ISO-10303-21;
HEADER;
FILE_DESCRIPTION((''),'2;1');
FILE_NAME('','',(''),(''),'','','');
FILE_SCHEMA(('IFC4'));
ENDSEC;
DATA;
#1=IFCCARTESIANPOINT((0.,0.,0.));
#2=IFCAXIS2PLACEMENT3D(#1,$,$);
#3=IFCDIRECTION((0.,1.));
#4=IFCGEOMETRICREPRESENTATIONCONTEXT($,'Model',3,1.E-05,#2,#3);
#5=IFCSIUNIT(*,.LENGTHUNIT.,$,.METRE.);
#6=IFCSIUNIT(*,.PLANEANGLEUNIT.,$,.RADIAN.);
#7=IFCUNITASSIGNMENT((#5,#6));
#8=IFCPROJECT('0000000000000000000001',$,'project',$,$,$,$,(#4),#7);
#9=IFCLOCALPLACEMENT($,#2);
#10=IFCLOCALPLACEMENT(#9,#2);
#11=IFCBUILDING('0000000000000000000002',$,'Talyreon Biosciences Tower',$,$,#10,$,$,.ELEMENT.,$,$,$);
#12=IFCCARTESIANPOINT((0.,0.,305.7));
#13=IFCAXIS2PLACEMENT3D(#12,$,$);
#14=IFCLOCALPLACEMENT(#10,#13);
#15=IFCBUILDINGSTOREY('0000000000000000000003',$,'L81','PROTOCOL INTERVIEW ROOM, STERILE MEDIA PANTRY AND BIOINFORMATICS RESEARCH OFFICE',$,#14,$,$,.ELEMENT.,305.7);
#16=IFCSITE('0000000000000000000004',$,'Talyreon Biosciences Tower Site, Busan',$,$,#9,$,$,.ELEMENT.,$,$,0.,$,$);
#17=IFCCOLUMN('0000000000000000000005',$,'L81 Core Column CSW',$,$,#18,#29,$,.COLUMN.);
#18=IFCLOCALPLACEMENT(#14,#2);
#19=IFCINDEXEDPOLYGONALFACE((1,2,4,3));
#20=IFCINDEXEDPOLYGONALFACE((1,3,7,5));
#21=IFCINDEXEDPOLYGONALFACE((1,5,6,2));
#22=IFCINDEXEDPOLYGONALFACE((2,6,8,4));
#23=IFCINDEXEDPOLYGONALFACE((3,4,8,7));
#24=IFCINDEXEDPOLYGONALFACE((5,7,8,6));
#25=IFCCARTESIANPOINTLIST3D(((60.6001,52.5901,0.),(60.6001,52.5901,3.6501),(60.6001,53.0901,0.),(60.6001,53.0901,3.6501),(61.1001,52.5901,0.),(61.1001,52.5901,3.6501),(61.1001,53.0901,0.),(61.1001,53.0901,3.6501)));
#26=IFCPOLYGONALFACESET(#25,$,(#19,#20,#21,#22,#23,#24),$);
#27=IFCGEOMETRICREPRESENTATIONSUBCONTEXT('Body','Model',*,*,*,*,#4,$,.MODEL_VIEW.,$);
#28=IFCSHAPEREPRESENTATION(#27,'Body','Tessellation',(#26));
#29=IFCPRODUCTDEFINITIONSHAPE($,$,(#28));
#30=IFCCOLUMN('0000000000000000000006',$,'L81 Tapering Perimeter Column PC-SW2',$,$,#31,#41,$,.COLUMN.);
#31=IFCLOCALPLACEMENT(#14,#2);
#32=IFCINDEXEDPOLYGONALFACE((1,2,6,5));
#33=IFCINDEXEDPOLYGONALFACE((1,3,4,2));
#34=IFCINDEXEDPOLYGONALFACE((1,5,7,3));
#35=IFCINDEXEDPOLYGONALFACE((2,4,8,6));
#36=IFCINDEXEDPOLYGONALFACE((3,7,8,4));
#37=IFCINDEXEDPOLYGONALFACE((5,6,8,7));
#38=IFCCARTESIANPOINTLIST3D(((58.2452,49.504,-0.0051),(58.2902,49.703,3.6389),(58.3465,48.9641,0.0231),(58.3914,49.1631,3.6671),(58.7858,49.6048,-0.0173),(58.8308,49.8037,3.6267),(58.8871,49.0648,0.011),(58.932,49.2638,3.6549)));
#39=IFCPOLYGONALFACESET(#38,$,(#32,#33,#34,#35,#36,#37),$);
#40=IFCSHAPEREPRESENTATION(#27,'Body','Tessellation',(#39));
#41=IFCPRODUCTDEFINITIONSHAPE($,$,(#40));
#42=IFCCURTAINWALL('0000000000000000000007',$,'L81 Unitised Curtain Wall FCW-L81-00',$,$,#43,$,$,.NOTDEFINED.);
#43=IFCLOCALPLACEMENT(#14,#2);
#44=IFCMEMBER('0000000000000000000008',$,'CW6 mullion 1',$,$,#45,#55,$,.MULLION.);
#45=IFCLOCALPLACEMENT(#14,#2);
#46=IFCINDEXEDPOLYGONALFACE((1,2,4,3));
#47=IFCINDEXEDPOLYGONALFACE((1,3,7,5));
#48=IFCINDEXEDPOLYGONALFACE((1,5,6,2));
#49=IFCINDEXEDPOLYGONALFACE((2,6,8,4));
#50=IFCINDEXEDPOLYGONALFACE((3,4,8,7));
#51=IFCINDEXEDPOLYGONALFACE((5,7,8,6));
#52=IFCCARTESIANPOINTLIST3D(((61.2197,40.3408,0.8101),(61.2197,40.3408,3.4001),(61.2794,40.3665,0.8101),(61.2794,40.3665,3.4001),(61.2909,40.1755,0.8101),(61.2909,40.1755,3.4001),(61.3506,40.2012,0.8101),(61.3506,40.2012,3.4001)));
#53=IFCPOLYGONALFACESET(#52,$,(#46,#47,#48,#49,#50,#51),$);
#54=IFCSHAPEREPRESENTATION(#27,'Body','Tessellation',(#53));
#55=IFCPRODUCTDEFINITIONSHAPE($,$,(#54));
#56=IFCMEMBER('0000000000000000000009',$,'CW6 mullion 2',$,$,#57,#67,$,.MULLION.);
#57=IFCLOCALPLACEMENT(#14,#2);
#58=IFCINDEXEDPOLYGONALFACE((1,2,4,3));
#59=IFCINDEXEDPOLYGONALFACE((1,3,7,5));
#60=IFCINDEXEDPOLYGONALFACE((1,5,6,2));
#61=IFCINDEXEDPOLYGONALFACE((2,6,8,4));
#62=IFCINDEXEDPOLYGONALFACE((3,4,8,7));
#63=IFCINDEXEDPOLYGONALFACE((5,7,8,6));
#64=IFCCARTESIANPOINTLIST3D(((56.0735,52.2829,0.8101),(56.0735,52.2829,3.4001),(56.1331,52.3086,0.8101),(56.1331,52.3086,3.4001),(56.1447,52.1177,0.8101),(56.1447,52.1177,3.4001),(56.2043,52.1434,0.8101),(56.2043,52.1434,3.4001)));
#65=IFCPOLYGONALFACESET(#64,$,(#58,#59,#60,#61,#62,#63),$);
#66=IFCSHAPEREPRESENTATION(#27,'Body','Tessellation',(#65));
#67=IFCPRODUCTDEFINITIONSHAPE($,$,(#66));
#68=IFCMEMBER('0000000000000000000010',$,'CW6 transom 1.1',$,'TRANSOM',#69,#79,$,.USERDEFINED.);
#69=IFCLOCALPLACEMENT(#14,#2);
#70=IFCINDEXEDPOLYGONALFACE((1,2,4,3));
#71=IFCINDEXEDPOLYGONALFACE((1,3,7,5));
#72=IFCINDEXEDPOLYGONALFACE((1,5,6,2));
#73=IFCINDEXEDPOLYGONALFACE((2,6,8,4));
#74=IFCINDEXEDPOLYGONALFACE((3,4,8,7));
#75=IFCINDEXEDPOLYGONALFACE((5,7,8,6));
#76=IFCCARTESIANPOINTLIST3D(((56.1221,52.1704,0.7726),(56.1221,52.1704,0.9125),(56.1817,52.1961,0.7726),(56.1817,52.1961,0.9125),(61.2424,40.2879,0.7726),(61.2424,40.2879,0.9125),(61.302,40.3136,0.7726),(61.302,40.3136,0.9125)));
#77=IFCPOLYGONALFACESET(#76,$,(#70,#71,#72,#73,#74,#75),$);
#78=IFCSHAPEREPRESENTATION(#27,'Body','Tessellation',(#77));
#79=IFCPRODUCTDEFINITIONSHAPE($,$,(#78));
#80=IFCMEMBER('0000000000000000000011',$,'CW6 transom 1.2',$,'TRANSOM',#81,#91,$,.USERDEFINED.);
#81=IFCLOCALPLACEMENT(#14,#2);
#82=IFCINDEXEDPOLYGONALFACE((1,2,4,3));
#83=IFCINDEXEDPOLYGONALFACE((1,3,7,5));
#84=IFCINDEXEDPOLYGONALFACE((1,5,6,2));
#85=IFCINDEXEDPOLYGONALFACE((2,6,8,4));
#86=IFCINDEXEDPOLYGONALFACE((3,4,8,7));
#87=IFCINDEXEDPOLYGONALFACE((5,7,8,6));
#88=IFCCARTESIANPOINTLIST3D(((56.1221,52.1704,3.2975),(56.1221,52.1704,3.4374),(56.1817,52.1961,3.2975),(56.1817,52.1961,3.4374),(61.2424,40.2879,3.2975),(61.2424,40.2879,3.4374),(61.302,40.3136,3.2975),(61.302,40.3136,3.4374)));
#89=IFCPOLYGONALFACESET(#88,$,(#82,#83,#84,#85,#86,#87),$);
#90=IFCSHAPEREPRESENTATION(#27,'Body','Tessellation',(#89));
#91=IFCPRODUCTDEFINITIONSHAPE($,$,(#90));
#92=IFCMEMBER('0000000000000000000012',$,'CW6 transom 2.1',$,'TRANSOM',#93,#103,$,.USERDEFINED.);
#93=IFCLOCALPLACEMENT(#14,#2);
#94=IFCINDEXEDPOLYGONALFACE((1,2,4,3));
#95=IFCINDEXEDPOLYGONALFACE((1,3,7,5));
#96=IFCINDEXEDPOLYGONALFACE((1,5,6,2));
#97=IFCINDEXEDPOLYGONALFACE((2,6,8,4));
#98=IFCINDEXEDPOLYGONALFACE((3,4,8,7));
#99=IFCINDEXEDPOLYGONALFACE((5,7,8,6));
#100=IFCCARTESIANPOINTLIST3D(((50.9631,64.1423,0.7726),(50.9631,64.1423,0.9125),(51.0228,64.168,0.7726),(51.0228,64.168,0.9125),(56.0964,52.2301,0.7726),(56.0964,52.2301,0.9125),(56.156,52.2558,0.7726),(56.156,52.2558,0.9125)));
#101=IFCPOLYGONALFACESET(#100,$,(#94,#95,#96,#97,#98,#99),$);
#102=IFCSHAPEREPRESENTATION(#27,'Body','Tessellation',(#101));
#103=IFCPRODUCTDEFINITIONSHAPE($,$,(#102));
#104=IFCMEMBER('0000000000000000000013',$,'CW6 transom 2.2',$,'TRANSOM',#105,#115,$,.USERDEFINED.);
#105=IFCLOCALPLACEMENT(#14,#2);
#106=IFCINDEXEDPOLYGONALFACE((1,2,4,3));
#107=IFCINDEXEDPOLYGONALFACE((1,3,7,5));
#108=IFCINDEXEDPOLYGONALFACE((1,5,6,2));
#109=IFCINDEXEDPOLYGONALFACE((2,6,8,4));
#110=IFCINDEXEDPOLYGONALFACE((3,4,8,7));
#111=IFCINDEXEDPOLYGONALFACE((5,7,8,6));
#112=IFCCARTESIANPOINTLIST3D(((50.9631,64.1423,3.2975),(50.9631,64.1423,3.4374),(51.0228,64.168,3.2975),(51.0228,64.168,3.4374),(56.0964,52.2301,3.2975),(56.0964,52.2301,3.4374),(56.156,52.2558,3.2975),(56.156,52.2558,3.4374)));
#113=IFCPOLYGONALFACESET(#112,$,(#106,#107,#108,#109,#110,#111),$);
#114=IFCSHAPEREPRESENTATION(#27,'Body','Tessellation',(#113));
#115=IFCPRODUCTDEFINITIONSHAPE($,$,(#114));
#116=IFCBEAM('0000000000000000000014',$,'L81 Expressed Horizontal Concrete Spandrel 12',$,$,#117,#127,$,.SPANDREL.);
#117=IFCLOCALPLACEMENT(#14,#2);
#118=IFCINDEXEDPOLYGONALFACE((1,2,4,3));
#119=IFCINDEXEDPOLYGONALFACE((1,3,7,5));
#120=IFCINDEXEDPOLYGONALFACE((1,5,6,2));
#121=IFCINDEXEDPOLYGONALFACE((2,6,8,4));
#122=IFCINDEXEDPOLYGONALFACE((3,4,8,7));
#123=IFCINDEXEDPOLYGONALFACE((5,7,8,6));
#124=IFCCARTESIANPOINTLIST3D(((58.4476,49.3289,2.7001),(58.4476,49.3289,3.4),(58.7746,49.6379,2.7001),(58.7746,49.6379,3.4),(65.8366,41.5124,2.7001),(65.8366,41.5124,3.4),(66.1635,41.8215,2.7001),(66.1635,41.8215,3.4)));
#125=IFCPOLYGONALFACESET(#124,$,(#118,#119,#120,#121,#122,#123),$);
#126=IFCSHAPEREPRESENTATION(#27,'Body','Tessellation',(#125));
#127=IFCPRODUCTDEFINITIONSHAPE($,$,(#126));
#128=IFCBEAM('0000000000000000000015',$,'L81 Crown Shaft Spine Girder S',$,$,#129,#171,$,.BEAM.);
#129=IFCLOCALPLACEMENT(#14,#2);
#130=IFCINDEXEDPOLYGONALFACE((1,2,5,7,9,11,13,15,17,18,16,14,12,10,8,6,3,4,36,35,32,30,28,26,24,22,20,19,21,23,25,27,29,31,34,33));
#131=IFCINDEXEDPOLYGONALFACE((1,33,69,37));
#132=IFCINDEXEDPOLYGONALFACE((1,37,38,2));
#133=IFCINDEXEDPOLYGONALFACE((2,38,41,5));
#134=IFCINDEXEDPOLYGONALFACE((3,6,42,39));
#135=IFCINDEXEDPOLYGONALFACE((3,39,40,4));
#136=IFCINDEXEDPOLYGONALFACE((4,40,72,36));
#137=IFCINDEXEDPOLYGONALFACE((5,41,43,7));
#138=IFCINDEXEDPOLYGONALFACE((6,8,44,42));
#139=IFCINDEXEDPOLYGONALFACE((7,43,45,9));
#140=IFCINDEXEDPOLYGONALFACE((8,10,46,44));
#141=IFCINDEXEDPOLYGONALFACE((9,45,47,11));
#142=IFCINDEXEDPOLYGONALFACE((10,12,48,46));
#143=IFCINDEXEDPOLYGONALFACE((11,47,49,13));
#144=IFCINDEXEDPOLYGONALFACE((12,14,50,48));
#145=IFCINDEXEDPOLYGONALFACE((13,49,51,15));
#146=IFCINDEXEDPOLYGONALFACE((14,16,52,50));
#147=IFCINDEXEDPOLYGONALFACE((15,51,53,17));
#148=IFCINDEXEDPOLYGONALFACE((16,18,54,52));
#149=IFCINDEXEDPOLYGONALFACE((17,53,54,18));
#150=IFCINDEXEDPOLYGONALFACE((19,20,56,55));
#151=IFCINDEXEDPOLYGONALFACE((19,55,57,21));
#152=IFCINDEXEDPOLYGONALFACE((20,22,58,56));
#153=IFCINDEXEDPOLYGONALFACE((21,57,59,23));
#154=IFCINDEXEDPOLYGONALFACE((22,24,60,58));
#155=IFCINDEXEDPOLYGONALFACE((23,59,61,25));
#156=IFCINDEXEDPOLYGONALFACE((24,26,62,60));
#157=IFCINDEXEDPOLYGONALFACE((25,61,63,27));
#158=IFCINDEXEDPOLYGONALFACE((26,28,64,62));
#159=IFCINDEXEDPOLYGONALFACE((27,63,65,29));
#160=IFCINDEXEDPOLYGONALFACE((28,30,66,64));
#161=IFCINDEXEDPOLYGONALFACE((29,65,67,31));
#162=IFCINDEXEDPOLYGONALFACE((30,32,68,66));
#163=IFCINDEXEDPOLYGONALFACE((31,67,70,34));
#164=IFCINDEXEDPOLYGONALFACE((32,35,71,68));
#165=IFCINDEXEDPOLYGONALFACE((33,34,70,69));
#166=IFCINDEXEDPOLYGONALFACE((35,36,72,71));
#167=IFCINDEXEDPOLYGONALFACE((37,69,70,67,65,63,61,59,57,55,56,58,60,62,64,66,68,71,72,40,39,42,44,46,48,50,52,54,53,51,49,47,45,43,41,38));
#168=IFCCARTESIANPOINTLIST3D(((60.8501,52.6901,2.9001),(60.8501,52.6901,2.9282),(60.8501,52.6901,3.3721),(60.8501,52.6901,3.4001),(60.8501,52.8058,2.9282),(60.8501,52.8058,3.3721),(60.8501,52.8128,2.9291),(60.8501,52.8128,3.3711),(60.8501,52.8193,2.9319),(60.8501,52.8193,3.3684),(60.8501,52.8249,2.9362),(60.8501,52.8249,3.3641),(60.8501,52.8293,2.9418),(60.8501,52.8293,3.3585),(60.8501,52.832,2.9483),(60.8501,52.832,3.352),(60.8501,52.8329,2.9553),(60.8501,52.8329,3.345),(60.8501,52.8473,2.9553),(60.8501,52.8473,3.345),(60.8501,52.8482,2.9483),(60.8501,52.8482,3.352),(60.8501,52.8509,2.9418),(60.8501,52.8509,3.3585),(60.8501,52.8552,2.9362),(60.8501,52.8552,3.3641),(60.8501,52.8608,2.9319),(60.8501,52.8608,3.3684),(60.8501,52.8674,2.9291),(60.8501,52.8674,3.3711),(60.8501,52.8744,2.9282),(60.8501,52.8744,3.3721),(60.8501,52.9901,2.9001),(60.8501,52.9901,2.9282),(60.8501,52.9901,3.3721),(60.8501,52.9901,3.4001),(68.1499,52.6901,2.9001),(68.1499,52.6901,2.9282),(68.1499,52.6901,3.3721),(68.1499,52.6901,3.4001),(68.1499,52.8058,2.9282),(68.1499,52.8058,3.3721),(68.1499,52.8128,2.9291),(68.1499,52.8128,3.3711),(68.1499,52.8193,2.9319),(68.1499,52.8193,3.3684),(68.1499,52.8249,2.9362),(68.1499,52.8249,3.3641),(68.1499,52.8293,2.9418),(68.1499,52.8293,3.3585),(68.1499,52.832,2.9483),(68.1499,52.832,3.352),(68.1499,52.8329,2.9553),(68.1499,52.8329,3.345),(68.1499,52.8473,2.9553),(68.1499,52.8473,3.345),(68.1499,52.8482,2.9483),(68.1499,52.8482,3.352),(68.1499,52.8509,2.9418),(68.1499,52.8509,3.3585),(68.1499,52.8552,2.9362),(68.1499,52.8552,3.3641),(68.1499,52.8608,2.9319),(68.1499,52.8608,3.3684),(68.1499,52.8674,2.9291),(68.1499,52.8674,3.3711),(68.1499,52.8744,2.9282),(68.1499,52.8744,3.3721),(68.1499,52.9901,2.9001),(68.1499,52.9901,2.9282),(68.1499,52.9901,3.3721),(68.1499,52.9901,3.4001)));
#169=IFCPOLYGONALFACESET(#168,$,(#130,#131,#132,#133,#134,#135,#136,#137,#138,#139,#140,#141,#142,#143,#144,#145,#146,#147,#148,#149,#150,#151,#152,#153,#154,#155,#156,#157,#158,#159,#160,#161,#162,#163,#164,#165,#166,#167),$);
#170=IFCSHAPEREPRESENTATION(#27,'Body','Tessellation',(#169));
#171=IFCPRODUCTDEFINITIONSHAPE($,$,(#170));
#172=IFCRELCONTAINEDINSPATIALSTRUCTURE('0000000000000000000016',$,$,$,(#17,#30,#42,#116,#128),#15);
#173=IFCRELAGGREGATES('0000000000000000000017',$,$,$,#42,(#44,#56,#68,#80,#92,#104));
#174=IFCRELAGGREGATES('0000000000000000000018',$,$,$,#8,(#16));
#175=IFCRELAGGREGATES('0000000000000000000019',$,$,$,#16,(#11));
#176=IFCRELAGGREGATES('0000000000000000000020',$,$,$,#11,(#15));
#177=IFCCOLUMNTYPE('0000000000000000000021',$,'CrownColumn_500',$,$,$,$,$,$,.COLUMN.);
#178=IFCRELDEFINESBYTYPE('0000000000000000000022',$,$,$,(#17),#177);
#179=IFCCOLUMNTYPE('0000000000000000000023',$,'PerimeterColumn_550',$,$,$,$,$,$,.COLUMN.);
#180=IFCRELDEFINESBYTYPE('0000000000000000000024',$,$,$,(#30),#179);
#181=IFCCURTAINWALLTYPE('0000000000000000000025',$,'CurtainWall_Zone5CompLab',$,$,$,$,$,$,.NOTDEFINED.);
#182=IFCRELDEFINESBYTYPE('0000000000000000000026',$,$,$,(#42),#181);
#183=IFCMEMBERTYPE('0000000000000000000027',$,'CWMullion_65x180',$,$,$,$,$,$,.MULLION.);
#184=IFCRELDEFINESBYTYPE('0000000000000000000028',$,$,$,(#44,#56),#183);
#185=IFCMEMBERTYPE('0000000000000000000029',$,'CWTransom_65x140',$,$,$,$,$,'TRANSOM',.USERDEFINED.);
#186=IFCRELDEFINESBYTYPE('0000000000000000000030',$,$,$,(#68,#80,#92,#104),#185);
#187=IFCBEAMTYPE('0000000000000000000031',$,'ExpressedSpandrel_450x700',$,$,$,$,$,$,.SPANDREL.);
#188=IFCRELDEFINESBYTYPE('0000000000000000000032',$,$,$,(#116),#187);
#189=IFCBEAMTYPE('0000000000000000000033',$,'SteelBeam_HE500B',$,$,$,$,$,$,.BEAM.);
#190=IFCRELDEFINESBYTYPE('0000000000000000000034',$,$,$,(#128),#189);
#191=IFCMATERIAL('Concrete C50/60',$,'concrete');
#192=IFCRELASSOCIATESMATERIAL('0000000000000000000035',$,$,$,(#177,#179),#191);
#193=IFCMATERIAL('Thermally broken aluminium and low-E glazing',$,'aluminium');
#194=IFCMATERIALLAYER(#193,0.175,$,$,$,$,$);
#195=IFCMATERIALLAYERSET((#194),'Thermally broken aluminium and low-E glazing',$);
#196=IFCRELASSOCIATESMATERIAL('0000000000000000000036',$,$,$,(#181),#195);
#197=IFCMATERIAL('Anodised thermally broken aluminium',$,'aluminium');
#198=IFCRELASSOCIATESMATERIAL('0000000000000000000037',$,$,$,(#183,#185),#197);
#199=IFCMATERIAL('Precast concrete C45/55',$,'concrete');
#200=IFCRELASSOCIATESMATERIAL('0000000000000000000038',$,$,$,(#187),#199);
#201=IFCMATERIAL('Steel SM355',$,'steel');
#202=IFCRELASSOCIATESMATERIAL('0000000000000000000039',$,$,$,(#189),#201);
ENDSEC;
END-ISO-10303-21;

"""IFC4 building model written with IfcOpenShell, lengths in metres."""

from ifc_helpers import new_model, si_unit, direction, frame, origin, origin_2d, place, context, subcontext, project, spatial, rectangle, i_section, extrude, material, layer, layer_set, material_profile, profile_set, type_object, element, aggregate, save


model = new_model("IFC4")

# Units and contexts
model_context = context("Model", 3, precision=1e-05, world=origin(), true_north=direction((0.0, 1.0)))
body_context = subcontext(model_context, "Body", "Model", "MODEL_VIEW")
ifc_project = project(units=[si_unit("LENGTHUNIT", "METRE"), si_unit("PLANEANGLEUNIT", "RADIAN")], contexts=[model_context])

# Site, building, storey
site_placement = place(None, origin())
site = spatial("IfcSite", under=ifc_project, at=site_placement, Name="Talyreon Biosciences Tower Site, Busan", CompositionType="ELEMENT", RefElevation=0.0)
building_placement = place(site_placement, origin())
building = spatial("IfcBuilding", under=site, at=building_placement, Name="Talyreon Biosciences Tower", CompositionType="ELEMENT")
storey_placement = place(building_placement, frame((0.0, 0.0, 305.7)))
storey = spatial("IfcBuildingStorey", under=building, at=storey_placement, Name="L81", Description="PROTOCOL INTERVIEW ROOM, STERILE MEDIA PANTRY AND BIOINFORMATICS RESEARCH OFFICE", CompositionType="ELEMENT", Elevation=305.7)

# Columns
ifc_material_1 = material(Name="Concrete C50/60", Category="concrete")
ifc_material_profile_1 = material_profile(ifc_material_1, rectangle(XDim=0.5, YDim=0.5, at=origin_2d()), Name="RC 500x500")
ifc_profile_set_1 = profile_set([ifc_material_profile_1], Name="Concrete C50/60")
column_type_1 = type_object("IfcColumnType", Name="CrownColumn_500", PredefinedType="COLUMN", material=ifc_profile_set_1)
column_1_placement = place(storey_placement, frame((60.8501, 52.8401, 0.0), z_axis=(0.0, 0.0, 1.0), x_axis=(1.0, 0.0, 0.0)))
element("IfcColumn", 1, at=column_1_placement, inside=storey, type_object=column_type_1, Name="L81 Core Column CSW", PredefinedType="COLUMN", context=body_context, shape_type="SweptSolid", body=[
    extrude(rectangle(XDim=0.5, YDim=0.5, at=origin_2d()), origin(), (0.0, 0.0, 1.0), 3.6501),
])
ifc_material_profile_2 = material_profile(ifc_material_1, rectangle(XDim=0.55, YDim=0.55, at=origin_2d()), Name="RC 550x550")
ifc_profile_set_2 = profile_set([ifc_material_profile_2], Name="Concrete C50/60")
column_type_2 = type_object("IfcColumnType", Name="PerimeterColumn_550", PredefinedType="COLUMN", material=ifc_profile_set_2)
column_2_placement = place(storey_placement, frame((58.5662, 49.2844, 0.0029), z_axis=(0.012308, 0.054517, 0.998437), x_axis=(-0.184093, 0.981568, -0.051327)))
element("IfcColumn", 2, at=column_2_placement, inside=storey, type_object=column_type_2, Name="L81 Tapering Perimeter Column PC-SW2", PredefinedType="COLUMN", context=body_context, shape_type="SweptSolid", body=[
    extrude(rectangle(XDim=0.55, YDim=0.55, at=origin_2d()), origin(), (0.0, 0.0, 1.0), 3.6497),
])

# Curtain wall, members
ifc_material_2 = material(Name="Thermally broken aluminium and low-E glazing", Category="aluminium")
ifc_layer_1 = layer(ifc_material_2, 0.175)
ifc_layer_set_1 = layer_set([ifc_layer_1], Name="Thermally broken aluminium and low-E glazing")
curtain_wall_type = type_object("IfcCurtainWallType", Name="CurtainWall_Zone5CompLab", PredefinedType="NOTDEFINED", material=ifc_layer_set_1)
curtain_wall_placement = place(storey_placement, origin())
curtain_wall = element("IfcCurtainWall", 3, at=curtain_wall_placement, inside=storey, type_object=curtain_wall_type, Name="L81 Unitised Curtain Wall FCW-L81-00", PredefinedType="NOTDEFINED")
ifc_material_3 = material(Name="Anodised thermally broken aluminium", Category="aluminium")
ifc_material_profile_3 = material_profile(ifc_material_3, rectangle(XDim=0.0649, YDim=0.1799, at=origin_2d()), Name="ALUM MULLION 65x180")
ifc_profile_set_3 = profile_set([ifc_material_profile_3], Name="Anodised thermally broken aluminium")
member_type_1 = type_object("IfcMemberType", Name="CWMullion_65x180", PredefinedType="MULLION", material=ifc_profile_set_3)
member_1_placement = place(storey_placement, frame((61.2852, 40.271, 0.8101), z_axis=(0.0, 0.0, 1.0), x_axis=(-0.918363, -0.395738, 0.0)))
member_1 = element("IfcMember", 4, at=member_1_placement, type_object=member_type_1, Name="CW6 mullion 1", PredefinedType="MULLION", context=body_context, shape_type="SweptSolid", body=[
    extrude(rectangle(XDim=0.0649, YDim=0.1799, at=origin_2d()), origin(), (0.0, 0.0, 1.0), 2.5901),
])
member_2_placement = place(storey_placement, frame((56.1389, 52.2131, 0.8101), z_axis=(0.0, 0.0, 1.0), x_axis=(-0.918363, -0.395738, 0.0)))
member_2 = element("IfcMember", 5, at=member_2_placement, type_object=member_type_1, Name="CW6 mullion 2", PredefinedType="MULLION", context=body_context, shape_type="SweptSolid", body=[
    extrude(rectangle(XDim=0.0649, YDim=0.1799, at=origin_2d()), origin(), (0.0, 0.0, 1.0), 2.5901),
])
ifc_material_profile_4 = material_profile(ifc_material_3, rectangle(XDim=0.0649, YDim=0.1399, at=origin_2d()), Name="ALUM TRANSOM 65x140")
ifc_profile_set_4 = profile_set([ifc_material_profile_4], Name="Anodised thermally broken aluminium")
member_type_2 = type_object("IfcMemberType", Name="CWTransom_65x140", ElementType="TRANSOM", PredefinedType="USERDEFINED", material=ifc_profile_set_4)
member_3_placement = place(storey_placement, frame((61.2722, 40.3008, 0.8425), z_axis=(-0.395736, 0.918364, 0.0), x_axis=(-0.918364, -0.395736, 0.0)))
member_3 = element("IfcMember", 6, at=member_3_placement, type_object=member_type_2, Name="CW6 transom 1.1", ObjectType="TRANSOM", PredefinedType="USERDEFINED", context=body_context, shape_type="SweptSolid", body=[
    extrude(rectangle(XDim=0.0649, YDim=0.1399, at=origin_2d()), origin(), (0.0, 0.0, 1.0), 12.9387),
])
member_4_placement = place(storey_placement, frame((61.2722, 40.3008, 3.3674), z_axis=(-0.395736, 0.918364, 0.0), x_axis=(-0.918364, -0.395736, 0.0)))
member_4 = element("IfcMember", 7, at=member_4_placement, type_object=member_type_2, Name="CW6 transom 1.2", ObjectType="TRANSOM", PredefinedType="USERDEFINED", context=body_context, shape_type="SweptSolid", body=[
    extrude(rectangle(XDim=0.0649, YDim=0.1399, at=origin_2d()), origin(), (0.0, 0.0, 1.0), 12.9387),
])
member_5_placement = place(storey_placement, frame((56.1262, 52.2429, 0.8425), z_axis=(-0.395743, 0.918361, 0.0), x_axis=(-0.918361, -0.395743, 0.0)))
member_5 = element("IfcMember", 8, at=member_5_placement, type_object=member_type_2, Name="CW6 transom 2.1", ObjectType="TRANSOM", PredefinedType="USERDEFINED", context=body_context, shape_type="SweptSolid", body=[
    extrude(rectangle(XDim=0.0649, YDim=0.1399, at=origin_2d()), origin(), (0.0, 0.0, 1.0), 12.9712),
])
member_6_placement = place(storey_placement, frame((56.1262, 52.2429, 3.3674), z_axis=(-0.395743, 0.918361, 0.0), x_axis=(-0.918361, -0.395743, 0.0)))
member_6 = element("IfcMember", 9, at=member_6_placement, type_object=member_type_2, Name="CW6 transom 2.2", ObjectType="TRANSOM", PredefinedType="USERDEFINED", context=body_context, shape_type="SweptSolid", body=[
    extrude(rectangle(XDim=0.0649, YDim=0.1399, at=origin_2d()), origin(), (0.0, 0.0, 1.0), 12.9712),
])

# Beams
ifc_material_4 = material(Name="Precast concrete C45/55", Category="concrete")
ifc_material_profile_5 = material_profile(ifc_material_4, rectangle(XDim=0.45, YDim=0.7, at=origin_2d()), Name="RCB 450x700")
ifc_profile_set_5 = profile_set([ifc_material_profile_5], Name="Precast concrete C45/55")
beam_type_1 = type_object("IfcBeamType", Name="ExpressedSpandrel_450x700", PredefinedType="SPANDREL", material=ifc_profile_set_5)
beam_1_placement = place(storey_placement, frame((58.6111, 49.4834, 3.05), z_axis=(0.686955, -0.7267, 0.0), x_axis=(0.7267, 0.686955, 0.0)))
element("IfcBeam", 10, at=beam_1_placement, inside=storey, type_object=beam_type_1, Name="L81 Expressed Horizontal Concrete Spandrel 12", PredefinedType="SPANDREL", context=body_context, shape_type="SweptSolid", body=[
    extrude(rectangle(XDim=0.45, YDim=0.7, at=origin_2d()), origin(), (0.0, 0.0, 1.0), 10.7561),
])
ifc_material_5 = material(Name="Steel SM355", Category="steel")
ifc_material_profile_6 = material_profile(ifc_material_5, i_section(OverallWidth=0.3, OverallDepth=0.5, WebThickness=0.0144, FlangeThickness=0.0281, FilletRadius=0.0271, at=origin_2d()), Name="HE500B")
ifc_profile_set_6 = profile_set([ifc_material_profile_6], Name="Steel SM355")
beam_type_2 = type_object("IfcBeamType", Name="SteelBeam_HE500B", PredefinedType="BEAM", material=ifc_profile_set_6)
beam_2_placement = place(storey_placement, frame((60.8501, 52.8401, 3.1501), z_axis=(1.0, 0.0, 0.0), x_axis=(0.0, 1.0, 0.0)))
element("IfcBeam", 11, at=beam_2_placement, inside=storey, type_object=beam_type_2, Name="L81 Crown Shaft Spine Girder S", PredefinedType="BEAM", context=body_context, shape_type="SweptSolid", body=[
    extrude(i_section(OverallWidth=0.3, OverallDepth=0.5, WebThickness=0.0144, FlangeThickness=0.0281, FilletRadius=0.0271, at=origin_2d()), origin(), (0.0, 0.0, 1.0), 7.2998),
])

aggregate(curtain_wall, [member_1, member_2, member_3, member_4, member_5, member_6])

save(model, "model.ifc")
